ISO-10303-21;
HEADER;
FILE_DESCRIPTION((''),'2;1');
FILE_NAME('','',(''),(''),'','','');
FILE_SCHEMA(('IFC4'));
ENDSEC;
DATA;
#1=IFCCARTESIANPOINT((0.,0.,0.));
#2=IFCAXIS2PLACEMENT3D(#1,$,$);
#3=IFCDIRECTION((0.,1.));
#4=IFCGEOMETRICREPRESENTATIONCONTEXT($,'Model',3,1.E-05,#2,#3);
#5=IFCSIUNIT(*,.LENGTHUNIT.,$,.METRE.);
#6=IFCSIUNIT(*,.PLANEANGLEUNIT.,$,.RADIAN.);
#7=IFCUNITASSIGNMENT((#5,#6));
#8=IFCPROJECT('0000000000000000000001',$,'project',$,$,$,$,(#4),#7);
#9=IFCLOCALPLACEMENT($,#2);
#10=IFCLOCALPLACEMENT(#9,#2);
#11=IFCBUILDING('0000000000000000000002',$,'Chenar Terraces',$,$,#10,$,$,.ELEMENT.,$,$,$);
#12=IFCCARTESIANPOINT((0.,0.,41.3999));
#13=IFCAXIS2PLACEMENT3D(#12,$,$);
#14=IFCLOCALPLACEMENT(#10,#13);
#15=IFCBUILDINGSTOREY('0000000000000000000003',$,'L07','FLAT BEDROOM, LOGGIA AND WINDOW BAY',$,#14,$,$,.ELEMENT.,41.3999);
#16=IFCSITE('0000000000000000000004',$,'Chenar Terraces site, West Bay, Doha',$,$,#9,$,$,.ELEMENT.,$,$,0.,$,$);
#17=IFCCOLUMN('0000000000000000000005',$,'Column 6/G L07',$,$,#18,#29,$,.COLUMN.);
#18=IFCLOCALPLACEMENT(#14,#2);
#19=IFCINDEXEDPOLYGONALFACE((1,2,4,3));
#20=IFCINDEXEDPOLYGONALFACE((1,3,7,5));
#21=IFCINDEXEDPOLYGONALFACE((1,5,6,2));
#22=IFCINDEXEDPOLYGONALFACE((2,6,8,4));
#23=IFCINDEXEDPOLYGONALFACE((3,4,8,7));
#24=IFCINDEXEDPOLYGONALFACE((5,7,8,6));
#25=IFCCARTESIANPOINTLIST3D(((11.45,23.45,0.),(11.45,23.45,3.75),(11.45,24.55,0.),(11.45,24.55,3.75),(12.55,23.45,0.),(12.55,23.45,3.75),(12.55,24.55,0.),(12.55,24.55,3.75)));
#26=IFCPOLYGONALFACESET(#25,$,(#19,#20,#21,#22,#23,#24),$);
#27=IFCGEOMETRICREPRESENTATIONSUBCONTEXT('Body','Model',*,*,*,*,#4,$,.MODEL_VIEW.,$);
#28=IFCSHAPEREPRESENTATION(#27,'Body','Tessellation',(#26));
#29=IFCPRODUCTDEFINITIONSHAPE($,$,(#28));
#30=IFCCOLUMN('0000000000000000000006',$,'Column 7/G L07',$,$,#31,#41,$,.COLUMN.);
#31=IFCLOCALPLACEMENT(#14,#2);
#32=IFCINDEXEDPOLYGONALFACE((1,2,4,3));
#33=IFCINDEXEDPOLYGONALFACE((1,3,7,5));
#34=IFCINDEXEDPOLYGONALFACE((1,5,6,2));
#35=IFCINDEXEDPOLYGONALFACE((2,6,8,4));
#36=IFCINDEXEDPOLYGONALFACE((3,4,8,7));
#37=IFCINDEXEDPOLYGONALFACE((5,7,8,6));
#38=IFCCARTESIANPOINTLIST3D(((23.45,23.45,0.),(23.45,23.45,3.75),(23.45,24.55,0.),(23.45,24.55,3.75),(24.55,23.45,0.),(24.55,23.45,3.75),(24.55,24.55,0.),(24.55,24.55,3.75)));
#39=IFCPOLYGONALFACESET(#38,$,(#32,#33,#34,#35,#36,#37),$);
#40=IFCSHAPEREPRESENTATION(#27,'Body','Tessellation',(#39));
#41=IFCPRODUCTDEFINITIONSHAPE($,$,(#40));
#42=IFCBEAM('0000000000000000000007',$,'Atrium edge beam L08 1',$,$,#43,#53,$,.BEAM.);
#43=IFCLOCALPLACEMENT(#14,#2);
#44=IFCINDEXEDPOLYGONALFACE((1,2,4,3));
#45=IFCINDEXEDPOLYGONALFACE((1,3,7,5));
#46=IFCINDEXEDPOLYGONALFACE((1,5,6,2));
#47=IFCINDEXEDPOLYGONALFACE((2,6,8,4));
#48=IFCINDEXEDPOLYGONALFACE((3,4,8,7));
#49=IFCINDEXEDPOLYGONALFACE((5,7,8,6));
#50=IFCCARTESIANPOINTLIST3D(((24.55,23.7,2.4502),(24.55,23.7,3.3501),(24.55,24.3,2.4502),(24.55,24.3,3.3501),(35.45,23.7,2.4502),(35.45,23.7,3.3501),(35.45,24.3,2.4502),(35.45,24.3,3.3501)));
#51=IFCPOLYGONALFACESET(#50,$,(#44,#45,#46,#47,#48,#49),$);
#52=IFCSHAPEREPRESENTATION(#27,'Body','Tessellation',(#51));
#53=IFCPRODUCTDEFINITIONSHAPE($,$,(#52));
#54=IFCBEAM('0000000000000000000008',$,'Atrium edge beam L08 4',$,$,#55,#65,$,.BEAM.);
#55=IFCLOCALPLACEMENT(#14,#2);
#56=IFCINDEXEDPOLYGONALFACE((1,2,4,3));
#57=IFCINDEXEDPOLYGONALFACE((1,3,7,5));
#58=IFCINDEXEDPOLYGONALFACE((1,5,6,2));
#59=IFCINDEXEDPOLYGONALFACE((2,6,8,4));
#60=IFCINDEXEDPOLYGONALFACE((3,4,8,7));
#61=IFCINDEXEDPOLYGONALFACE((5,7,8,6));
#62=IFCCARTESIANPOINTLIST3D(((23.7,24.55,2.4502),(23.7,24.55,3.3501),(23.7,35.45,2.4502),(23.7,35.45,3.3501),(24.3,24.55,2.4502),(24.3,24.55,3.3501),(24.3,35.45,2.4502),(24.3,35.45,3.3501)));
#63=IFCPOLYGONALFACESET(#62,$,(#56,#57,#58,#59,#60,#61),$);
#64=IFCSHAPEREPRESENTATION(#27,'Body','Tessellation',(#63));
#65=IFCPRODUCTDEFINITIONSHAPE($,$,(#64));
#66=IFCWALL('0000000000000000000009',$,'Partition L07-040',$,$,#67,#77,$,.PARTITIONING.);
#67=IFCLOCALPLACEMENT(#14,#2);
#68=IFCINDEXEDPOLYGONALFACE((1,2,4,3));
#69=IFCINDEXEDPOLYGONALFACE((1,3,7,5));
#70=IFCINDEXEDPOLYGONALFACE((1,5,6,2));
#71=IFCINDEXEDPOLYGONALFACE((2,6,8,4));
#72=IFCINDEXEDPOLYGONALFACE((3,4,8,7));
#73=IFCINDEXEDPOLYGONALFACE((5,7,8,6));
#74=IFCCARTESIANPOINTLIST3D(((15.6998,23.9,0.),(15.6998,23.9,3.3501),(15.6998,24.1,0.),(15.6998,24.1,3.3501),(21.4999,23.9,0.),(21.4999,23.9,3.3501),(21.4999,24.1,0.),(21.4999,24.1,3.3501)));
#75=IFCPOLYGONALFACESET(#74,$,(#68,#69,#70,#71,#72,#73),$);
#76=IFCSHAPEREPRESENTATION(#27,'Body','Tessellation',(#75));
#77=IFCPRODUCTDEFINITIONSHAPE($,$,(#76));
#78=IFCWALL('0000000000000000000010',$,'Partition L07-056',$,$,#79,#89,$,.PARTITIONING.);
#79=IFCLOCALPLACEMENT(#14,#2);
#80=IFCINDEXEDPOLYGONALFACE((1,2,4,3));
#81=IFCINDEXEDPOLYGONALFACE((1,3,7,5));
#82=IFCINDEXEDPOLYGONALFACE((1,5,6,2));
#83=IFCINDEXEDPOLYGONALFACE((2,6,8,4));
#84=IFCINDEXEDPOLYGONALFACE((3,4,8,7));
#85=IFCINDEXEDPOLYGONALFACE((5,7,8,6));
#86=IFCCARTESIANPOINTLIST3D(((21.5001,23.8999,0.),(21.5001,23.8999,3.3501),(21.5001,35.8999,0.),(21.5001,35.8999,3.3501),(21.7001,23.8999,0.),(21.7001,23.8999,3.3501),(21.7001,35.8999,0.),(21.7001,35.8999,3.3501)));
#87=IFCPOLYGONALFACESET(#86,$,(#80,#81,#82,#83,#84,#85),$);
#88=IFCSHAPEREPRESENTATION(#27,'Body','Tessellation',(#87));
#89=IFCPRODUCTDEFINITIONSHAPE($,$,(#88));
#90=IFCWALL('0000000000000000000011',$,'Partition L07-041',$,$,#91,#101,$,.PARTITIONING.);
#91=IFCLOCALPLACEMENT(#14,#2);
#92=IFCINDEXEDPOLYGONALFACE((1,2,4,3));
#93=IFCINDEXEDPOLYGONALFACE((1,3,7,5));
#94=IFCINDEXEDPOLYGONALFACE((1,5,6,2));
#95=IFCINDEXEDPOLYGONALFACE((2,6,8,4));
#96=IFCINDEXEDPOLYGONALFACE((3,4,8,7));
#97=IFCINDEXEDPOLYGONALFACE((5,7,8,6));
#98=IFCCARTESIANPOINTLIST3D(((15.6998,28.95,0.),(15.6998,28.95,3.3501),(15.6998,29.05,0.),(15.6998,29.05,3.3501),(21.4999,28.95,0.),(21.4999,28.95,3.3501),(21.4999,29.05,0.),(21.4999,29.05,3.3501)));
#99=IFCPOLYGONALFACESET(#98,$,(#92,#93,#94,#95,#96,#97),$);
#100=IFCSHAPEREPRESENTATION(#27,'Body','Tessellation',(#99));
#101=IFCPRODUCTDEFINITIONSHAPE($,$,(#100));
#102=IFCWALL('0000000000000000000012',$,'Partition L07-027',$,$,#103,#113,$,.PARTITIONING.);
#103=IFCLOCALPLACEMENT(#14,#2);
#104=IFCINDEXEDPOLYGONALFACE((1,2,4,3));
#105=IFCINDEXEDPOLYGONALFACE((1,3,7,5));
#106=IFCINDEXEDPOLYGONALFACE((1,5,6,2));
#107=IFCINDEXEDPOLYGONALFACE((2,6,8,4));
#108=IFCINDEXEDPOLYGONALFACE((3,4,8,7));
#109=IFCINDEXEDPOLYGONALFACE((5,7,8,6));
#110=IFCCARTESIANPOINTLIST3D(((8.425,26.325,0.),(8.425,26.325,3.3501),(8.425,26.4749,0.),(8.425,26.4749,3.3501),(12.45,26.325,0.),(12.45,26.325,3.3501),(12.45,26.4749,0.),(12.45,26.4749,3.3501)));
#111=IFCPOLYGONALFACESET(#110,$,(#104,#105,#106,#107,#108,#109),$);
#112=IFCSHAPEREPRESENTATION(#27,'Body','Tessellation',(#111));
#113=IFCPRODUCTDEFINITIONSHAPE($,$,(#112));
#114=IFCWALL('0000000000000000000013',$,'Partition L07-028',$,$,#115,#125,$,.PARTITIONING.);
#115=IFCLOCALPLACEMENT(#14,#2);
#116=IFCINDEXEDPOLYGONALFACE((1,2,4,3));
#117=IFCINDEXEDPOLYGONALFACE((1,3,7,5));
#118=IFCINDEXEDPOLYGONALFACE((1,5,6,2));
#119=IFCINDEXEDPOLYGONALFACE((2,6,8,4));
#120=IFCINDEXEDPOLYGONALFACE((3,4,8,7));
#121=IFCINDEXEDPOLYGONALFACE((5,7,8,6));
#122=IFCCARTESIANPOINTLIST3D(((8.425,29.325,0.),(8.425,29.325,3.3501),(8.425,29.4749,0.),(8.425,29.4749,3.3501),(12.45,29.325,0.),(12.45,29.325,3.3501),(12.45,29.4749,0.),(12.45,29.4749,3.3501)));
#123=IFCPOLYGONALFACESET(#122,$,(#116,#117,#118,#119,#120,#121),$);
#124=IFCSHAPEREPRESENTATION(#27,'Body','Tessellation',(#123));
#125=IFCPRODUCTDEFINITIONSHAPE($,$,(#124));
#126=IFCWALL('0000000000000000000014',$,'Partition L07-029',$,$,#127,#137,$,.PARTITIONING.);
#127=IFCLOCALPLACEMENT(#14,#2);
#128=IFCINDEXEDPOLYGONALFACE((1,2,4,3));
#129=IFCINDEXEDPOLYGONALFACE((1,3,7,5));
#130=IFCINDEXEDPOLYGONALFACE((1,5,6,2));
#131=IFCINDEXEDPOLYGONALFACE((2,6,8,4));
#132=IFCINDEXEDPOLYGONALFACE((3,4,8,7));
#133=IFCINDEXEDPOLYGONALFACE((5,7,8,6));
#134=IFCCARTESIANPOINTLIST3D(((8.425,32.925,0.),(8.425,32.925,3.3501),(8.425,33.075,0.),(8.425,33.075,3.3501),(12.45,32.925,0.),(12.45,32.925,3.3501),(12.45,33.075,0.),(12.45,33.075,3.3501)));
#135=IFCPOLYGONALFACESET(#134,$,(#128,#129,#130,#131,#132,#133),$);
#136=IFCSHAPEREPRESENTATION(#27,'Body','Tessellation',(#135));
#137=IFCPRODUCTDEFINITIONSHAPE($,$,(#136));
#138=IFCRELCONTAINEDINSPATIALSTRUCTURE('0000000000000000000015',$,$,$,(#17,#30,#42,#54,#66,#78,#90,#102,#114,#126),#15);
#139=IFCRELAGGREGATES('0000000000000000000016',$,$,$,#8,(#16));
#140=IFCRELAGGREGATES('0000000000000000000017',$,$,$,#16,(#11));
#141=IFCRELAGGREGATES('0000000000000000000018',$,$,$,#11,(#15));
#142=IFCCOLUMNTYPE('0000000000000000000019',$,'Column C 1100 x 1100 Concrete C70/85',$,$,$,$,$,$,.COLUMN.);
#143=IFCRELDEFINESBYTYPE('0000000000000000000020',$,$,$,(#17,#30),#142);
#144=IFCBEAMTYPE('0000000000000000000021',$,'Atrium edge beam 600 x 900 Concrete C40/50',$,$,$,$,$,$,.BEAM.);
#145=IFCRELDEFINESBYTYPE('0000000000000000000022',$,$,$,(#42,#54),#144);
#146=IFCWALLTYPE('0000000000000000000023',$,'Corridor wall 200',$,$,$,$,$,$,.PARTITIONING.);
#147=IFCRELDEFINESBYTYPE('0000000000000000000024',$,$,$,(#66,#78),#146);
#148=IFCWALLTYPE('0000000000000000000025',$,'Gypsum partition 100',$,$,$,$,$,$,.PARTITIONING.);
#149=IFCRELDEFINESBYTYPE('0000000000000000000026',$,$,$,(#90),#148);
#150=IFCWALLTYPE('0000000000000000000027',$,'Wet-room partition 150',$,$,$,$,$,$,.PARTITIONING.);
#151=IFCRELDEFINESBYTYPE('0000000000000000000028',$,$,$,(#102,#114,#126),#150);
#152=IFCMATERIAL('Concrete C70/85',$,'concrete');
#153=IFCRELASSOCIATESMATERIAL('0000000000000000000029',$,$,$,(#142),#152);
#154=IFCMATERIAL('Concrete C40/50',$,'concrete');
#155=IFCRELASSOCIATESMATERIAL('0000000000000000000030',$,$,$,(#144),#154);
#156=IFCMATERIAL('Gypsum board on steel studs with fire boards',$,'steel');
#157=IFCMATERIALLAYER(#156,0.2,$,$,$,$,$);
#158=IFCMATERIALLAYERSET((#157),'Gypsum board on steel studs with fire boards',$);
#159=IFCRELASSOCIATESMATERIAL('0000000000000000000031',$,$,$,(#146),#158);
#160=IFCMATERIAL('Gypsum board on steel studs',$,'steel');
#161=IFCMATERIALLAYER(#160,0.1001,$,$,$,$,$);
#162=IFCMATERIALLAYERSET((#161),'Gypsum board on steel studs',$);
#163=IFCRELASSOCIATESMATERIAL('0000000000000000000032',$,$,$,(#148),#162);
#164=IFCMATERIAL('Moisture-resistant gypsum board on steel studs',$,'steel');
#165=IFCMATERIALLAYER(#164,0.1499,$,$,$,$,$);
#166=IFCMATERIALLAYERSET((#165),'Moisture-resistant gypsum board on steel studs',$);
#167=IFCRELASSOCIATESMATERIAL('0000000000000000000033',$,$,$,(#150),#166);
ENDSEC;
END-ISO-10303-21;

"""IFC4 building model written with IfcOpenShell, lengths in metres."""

from ifc_helpers import new_model, si_unit, direction, frame, frame_2d, origin, origin_2d, place, context, subcontext, project, spatial, rectangle, extrude, material, layer, layer_set, material_profile, profile_set, type_object, element, save


model = new_model("IFC4")

# Units and contexts
model_context = context("Model", 3, precision=1e-05, world=origin(), true_north=direction((0.0, 1.0)))
body_context = subcontext(model_context, "Body", "Model", "MODEL_VIEW")
ifc_project = project(units=[si_unit("LENGTHUNIT", "METRE"), si_unit("PLANEANGLEUNIT", "RADIAN")], contexts=[model_context])

# Site, building, storey
site_placement = place(None, origin())
site = spatial("IfcSite", under=ifc_project, at=site_placement, Name="Chenar Terraces site, West Bay, Doha", CompositionType="ELEMENT", RefElevation=0.0)
building_placement = place(site_placement, origin())
building = spatial("IfcBuilding", under=site, at=building_placement, Name="Chenar Terraces", CompositionType="ELEMENT")
storey_placement = place(building_placement, frame((0.0, 0.0, 41.3999)))
storey = spatial("IfcBuildingStorey", under=building, at=storey_placement, Name="L07", Description="FLAT BEDROOM, LOGGIA AND WINDOW BAY", CompositionType="ELEMENT", Elevation=41.3999)

# Columns
ifc_material_1 = material(Name="Concrete C70/85", Category="concrete")
ifc_material_profile_1 = material_profile(ifc_material_1, rectangle(XDim=1.1001, YDim=1.1001, at=origin_2d()), Name="C 1100 x 1100")
ifc_profile_set_1 = profile_set([ifc_material_profile_1], Name="Concrete C70/85")
column_type = type_object("IfcColumnType", Name="Column C 1100 x 1100 Concrete C70/85", PredefinedType="COLUMN", material=ifc_profile_set_1)
for number, where, z_axis, x_axis, name in (
    (1, (12.0, 24.0, 0.0), (0.0, 0.0, 1.0), (1.0, 0.0, 0.0), "Column 6/G L07"),
    (2, (24.0, 24.0, 0.0), (0.0, 0.0, 1.0), (1.0, 0.0, 0.0), "Column 7/G L07"),
):
    element("IfcColumn", number, at=place(storey_placement, frame(where, z_axis=z_axis, x_axis=x_axis)), inside=storey, type_object=column_type, Name=name, PredefinedType="COLUMN", context=body_context, shape_type="SweptSolid", body=[
        extrude(rectangle(XDim=1.1001, YDim=1.1001, at=origin_2d()), origin(), (0.0, 0.0, 1.0), 3.75),
    ])

# Beams
ifc_material_2 = material(Name="Concrete C40/50", Category="concrete")
ifc_material_profile_2 = material_profile(ifc_material_2, rectangle(XDim=0.6001, YDim=0.8999, at=origin_2d()), Name="RC 600 x 900")
ifc_profile_set_2 = profile_set([ifc_material_profile_2], Name="Concrete C40/50")
beam_type = type_object("IfcBeamType", Name="Atrium edge beam 600 x 900 Concrete C40/50", PredefinedType="BEAM", material=ifc_profile_set_2)
for number, where, z_axis, x_axis, name in (
    (3, (24.55, 24.0, 2.9001), (1.0, 0.0, 0.0), (0.0, 1.0, 0.0), "Atrium edge beam L08 1"),
    (4, (24.0, 35.45, 2.9001), (0.0, -1.0, 0.0), (1.0, 0.0, 0.0), "Atrium edge beam L08 4"),
):
    element("IfcBeam", number, at=place(storey_placement, frame(where, z_axis=z_axis, x_axis=x_axis)), inside=storey, type_object=beam_type, Name=name, PredefinedType="BEAM", context=body_context, shape_type="SweptSolid", body=[
        extrude(rectangle(XDim=0.6001, YDim=0.8999, at=origin_2d()), origin(), (0.0, 0.0, 1.0), 10.8999),
    ])

# Walls
ifc_material_3 = material(Name="Gypsum board on steel studs with fire boards", Category="steel")
ifc_layer_1 = layer(ifc_material_3, 0.2)
ifc_layer_set_1 = layer_set([ifc_layer_1], Name="Gypsum board on steel studs with fire boards")
wall_type_1 = type_object("IfcWallType", Name="Corridor wall 200", PredefinedType="PARTITIONING", material=ifc_layer_set_1)
wall_1_placement = place(storey_placement, frame((15.7, 24.0, 0.0), z_axis=(0.0, 0.0, 1.0), x_axis=(1.0, 0.0, 0.0)))
element("IfcWall", 5, at=wall_1_placement, inside=storey, type_object=wall_type_1, Name="Partition L07-040", PredefinedType="PARTITIONING", context=body_context, shape_type="SweptSolid", body=[
    extrude(rectangle(XDim=5.8, YDim=0.2, at=frame_2d((2.8999, 0.0))), origin(), (0.0, 0.0, 1.0), 3.3501),
])
wall_2_placement = place(storey_placement, frame((21.6001, 23.8999, 0.0), z_axis=(0.0, 0.0, 1.0), x_axis=(0.0, 1.0, 0.0)))
element("IfcWall", 6, at=wall_2_placement, inside=storey, type_object=wall_type_1, Name="Partition L07-056", PredefinedType="PARTITIONING", context=body_context, shape_type="SweptSolid", body=[
    extrude(rectangle(XDim=12.0, YDim=0.2, at=frame_2d((6.0, 0.0))), origin(), (0.0, 0.0, 1.0), 3.3501),
])
ifc_material_4 = material(Name="Gypsum board on steel studs", Category="steel")
ifc_layer_2 = layer(ifc_material_4, 0.1001)
ifc_layer_set_2 = layer_set([ifc_layer_2], Name="Gypsum board on steel studs")
wall_type_2 = type_object("IfcWallType", Name="Gypsum partition 100", PredefinedType="PARTITIONING", material=ifc_layer_set_2)
wall_3_placement = place(storey_placement, frame((15.7, 29.0, 0.0), z_axis=(0.0, 0.0, 1.0), x_axis=(1.0, 0.0, 0.0)))
element("IfcWall", 7, at=wall_3_placement, inside=storey, type_object=wall_type_2, Name="Partition L07-041", PredefinedType="PARTITIONING", context=body_context, shape_type="SweptSolid", body=[
    extrude(rectangle(XDim=5.8, YDim=0.1001, at=frame_2d((2.8999, 0.0))), origin(), (0.0, 0.0, 1.0), 3.3501),
])
ifc_material_5 = material(Name="Moisture-resistant gypsum board on steel studs", Category="steel")
ifc_layer_3 = layer(ifc_material_5, 0.1499)
ifc_layer_set_3 = layer_set([ifc_layer_3], Name="Moisture-resistant gypsum board on steel studs")
wall_type_3 = type_object("IfcWallType", Name="Wet-room partition 150", PredefinedType="PARTITIONING", material=ifc_layer_set_3)
for number, where, z_axis, x_axis, name in (
    (8, (8.425, 26.3999, 0.0), (0.0, 0.0, 1.0), (1.0, 0.0, 0.0), "Partition L07-027"),
    (9, (8.425, 29.3999, 0.0), (0.0, 0.0, 1.0), (1.0, 0.0, 0.0), "Partition L07-028"),
    (10, (8.425, 33.0, 0.0), (0.0, 0.0, 1.0), (1.0, 0.0, 0.0), "Partition L07-029"),
):
    element("IfcWall", number, at=place(storey_placement, frame(where, z_axis=z_axis, x_axis=x_axis)), inside=storey, type_object=wall_type_3, Name=name, PredefinedType="PARTITIONING", context=body_context, shape_type="SweptSolid", body=[
        extrude(rectangle(XDim=4.0249, YDim=0.1499, at=frame_2d((2.0125, 0.0))), origin(), (0.0, 0.0, 1.0), 3.3501),
    ])

save(model, "model.ifc")
